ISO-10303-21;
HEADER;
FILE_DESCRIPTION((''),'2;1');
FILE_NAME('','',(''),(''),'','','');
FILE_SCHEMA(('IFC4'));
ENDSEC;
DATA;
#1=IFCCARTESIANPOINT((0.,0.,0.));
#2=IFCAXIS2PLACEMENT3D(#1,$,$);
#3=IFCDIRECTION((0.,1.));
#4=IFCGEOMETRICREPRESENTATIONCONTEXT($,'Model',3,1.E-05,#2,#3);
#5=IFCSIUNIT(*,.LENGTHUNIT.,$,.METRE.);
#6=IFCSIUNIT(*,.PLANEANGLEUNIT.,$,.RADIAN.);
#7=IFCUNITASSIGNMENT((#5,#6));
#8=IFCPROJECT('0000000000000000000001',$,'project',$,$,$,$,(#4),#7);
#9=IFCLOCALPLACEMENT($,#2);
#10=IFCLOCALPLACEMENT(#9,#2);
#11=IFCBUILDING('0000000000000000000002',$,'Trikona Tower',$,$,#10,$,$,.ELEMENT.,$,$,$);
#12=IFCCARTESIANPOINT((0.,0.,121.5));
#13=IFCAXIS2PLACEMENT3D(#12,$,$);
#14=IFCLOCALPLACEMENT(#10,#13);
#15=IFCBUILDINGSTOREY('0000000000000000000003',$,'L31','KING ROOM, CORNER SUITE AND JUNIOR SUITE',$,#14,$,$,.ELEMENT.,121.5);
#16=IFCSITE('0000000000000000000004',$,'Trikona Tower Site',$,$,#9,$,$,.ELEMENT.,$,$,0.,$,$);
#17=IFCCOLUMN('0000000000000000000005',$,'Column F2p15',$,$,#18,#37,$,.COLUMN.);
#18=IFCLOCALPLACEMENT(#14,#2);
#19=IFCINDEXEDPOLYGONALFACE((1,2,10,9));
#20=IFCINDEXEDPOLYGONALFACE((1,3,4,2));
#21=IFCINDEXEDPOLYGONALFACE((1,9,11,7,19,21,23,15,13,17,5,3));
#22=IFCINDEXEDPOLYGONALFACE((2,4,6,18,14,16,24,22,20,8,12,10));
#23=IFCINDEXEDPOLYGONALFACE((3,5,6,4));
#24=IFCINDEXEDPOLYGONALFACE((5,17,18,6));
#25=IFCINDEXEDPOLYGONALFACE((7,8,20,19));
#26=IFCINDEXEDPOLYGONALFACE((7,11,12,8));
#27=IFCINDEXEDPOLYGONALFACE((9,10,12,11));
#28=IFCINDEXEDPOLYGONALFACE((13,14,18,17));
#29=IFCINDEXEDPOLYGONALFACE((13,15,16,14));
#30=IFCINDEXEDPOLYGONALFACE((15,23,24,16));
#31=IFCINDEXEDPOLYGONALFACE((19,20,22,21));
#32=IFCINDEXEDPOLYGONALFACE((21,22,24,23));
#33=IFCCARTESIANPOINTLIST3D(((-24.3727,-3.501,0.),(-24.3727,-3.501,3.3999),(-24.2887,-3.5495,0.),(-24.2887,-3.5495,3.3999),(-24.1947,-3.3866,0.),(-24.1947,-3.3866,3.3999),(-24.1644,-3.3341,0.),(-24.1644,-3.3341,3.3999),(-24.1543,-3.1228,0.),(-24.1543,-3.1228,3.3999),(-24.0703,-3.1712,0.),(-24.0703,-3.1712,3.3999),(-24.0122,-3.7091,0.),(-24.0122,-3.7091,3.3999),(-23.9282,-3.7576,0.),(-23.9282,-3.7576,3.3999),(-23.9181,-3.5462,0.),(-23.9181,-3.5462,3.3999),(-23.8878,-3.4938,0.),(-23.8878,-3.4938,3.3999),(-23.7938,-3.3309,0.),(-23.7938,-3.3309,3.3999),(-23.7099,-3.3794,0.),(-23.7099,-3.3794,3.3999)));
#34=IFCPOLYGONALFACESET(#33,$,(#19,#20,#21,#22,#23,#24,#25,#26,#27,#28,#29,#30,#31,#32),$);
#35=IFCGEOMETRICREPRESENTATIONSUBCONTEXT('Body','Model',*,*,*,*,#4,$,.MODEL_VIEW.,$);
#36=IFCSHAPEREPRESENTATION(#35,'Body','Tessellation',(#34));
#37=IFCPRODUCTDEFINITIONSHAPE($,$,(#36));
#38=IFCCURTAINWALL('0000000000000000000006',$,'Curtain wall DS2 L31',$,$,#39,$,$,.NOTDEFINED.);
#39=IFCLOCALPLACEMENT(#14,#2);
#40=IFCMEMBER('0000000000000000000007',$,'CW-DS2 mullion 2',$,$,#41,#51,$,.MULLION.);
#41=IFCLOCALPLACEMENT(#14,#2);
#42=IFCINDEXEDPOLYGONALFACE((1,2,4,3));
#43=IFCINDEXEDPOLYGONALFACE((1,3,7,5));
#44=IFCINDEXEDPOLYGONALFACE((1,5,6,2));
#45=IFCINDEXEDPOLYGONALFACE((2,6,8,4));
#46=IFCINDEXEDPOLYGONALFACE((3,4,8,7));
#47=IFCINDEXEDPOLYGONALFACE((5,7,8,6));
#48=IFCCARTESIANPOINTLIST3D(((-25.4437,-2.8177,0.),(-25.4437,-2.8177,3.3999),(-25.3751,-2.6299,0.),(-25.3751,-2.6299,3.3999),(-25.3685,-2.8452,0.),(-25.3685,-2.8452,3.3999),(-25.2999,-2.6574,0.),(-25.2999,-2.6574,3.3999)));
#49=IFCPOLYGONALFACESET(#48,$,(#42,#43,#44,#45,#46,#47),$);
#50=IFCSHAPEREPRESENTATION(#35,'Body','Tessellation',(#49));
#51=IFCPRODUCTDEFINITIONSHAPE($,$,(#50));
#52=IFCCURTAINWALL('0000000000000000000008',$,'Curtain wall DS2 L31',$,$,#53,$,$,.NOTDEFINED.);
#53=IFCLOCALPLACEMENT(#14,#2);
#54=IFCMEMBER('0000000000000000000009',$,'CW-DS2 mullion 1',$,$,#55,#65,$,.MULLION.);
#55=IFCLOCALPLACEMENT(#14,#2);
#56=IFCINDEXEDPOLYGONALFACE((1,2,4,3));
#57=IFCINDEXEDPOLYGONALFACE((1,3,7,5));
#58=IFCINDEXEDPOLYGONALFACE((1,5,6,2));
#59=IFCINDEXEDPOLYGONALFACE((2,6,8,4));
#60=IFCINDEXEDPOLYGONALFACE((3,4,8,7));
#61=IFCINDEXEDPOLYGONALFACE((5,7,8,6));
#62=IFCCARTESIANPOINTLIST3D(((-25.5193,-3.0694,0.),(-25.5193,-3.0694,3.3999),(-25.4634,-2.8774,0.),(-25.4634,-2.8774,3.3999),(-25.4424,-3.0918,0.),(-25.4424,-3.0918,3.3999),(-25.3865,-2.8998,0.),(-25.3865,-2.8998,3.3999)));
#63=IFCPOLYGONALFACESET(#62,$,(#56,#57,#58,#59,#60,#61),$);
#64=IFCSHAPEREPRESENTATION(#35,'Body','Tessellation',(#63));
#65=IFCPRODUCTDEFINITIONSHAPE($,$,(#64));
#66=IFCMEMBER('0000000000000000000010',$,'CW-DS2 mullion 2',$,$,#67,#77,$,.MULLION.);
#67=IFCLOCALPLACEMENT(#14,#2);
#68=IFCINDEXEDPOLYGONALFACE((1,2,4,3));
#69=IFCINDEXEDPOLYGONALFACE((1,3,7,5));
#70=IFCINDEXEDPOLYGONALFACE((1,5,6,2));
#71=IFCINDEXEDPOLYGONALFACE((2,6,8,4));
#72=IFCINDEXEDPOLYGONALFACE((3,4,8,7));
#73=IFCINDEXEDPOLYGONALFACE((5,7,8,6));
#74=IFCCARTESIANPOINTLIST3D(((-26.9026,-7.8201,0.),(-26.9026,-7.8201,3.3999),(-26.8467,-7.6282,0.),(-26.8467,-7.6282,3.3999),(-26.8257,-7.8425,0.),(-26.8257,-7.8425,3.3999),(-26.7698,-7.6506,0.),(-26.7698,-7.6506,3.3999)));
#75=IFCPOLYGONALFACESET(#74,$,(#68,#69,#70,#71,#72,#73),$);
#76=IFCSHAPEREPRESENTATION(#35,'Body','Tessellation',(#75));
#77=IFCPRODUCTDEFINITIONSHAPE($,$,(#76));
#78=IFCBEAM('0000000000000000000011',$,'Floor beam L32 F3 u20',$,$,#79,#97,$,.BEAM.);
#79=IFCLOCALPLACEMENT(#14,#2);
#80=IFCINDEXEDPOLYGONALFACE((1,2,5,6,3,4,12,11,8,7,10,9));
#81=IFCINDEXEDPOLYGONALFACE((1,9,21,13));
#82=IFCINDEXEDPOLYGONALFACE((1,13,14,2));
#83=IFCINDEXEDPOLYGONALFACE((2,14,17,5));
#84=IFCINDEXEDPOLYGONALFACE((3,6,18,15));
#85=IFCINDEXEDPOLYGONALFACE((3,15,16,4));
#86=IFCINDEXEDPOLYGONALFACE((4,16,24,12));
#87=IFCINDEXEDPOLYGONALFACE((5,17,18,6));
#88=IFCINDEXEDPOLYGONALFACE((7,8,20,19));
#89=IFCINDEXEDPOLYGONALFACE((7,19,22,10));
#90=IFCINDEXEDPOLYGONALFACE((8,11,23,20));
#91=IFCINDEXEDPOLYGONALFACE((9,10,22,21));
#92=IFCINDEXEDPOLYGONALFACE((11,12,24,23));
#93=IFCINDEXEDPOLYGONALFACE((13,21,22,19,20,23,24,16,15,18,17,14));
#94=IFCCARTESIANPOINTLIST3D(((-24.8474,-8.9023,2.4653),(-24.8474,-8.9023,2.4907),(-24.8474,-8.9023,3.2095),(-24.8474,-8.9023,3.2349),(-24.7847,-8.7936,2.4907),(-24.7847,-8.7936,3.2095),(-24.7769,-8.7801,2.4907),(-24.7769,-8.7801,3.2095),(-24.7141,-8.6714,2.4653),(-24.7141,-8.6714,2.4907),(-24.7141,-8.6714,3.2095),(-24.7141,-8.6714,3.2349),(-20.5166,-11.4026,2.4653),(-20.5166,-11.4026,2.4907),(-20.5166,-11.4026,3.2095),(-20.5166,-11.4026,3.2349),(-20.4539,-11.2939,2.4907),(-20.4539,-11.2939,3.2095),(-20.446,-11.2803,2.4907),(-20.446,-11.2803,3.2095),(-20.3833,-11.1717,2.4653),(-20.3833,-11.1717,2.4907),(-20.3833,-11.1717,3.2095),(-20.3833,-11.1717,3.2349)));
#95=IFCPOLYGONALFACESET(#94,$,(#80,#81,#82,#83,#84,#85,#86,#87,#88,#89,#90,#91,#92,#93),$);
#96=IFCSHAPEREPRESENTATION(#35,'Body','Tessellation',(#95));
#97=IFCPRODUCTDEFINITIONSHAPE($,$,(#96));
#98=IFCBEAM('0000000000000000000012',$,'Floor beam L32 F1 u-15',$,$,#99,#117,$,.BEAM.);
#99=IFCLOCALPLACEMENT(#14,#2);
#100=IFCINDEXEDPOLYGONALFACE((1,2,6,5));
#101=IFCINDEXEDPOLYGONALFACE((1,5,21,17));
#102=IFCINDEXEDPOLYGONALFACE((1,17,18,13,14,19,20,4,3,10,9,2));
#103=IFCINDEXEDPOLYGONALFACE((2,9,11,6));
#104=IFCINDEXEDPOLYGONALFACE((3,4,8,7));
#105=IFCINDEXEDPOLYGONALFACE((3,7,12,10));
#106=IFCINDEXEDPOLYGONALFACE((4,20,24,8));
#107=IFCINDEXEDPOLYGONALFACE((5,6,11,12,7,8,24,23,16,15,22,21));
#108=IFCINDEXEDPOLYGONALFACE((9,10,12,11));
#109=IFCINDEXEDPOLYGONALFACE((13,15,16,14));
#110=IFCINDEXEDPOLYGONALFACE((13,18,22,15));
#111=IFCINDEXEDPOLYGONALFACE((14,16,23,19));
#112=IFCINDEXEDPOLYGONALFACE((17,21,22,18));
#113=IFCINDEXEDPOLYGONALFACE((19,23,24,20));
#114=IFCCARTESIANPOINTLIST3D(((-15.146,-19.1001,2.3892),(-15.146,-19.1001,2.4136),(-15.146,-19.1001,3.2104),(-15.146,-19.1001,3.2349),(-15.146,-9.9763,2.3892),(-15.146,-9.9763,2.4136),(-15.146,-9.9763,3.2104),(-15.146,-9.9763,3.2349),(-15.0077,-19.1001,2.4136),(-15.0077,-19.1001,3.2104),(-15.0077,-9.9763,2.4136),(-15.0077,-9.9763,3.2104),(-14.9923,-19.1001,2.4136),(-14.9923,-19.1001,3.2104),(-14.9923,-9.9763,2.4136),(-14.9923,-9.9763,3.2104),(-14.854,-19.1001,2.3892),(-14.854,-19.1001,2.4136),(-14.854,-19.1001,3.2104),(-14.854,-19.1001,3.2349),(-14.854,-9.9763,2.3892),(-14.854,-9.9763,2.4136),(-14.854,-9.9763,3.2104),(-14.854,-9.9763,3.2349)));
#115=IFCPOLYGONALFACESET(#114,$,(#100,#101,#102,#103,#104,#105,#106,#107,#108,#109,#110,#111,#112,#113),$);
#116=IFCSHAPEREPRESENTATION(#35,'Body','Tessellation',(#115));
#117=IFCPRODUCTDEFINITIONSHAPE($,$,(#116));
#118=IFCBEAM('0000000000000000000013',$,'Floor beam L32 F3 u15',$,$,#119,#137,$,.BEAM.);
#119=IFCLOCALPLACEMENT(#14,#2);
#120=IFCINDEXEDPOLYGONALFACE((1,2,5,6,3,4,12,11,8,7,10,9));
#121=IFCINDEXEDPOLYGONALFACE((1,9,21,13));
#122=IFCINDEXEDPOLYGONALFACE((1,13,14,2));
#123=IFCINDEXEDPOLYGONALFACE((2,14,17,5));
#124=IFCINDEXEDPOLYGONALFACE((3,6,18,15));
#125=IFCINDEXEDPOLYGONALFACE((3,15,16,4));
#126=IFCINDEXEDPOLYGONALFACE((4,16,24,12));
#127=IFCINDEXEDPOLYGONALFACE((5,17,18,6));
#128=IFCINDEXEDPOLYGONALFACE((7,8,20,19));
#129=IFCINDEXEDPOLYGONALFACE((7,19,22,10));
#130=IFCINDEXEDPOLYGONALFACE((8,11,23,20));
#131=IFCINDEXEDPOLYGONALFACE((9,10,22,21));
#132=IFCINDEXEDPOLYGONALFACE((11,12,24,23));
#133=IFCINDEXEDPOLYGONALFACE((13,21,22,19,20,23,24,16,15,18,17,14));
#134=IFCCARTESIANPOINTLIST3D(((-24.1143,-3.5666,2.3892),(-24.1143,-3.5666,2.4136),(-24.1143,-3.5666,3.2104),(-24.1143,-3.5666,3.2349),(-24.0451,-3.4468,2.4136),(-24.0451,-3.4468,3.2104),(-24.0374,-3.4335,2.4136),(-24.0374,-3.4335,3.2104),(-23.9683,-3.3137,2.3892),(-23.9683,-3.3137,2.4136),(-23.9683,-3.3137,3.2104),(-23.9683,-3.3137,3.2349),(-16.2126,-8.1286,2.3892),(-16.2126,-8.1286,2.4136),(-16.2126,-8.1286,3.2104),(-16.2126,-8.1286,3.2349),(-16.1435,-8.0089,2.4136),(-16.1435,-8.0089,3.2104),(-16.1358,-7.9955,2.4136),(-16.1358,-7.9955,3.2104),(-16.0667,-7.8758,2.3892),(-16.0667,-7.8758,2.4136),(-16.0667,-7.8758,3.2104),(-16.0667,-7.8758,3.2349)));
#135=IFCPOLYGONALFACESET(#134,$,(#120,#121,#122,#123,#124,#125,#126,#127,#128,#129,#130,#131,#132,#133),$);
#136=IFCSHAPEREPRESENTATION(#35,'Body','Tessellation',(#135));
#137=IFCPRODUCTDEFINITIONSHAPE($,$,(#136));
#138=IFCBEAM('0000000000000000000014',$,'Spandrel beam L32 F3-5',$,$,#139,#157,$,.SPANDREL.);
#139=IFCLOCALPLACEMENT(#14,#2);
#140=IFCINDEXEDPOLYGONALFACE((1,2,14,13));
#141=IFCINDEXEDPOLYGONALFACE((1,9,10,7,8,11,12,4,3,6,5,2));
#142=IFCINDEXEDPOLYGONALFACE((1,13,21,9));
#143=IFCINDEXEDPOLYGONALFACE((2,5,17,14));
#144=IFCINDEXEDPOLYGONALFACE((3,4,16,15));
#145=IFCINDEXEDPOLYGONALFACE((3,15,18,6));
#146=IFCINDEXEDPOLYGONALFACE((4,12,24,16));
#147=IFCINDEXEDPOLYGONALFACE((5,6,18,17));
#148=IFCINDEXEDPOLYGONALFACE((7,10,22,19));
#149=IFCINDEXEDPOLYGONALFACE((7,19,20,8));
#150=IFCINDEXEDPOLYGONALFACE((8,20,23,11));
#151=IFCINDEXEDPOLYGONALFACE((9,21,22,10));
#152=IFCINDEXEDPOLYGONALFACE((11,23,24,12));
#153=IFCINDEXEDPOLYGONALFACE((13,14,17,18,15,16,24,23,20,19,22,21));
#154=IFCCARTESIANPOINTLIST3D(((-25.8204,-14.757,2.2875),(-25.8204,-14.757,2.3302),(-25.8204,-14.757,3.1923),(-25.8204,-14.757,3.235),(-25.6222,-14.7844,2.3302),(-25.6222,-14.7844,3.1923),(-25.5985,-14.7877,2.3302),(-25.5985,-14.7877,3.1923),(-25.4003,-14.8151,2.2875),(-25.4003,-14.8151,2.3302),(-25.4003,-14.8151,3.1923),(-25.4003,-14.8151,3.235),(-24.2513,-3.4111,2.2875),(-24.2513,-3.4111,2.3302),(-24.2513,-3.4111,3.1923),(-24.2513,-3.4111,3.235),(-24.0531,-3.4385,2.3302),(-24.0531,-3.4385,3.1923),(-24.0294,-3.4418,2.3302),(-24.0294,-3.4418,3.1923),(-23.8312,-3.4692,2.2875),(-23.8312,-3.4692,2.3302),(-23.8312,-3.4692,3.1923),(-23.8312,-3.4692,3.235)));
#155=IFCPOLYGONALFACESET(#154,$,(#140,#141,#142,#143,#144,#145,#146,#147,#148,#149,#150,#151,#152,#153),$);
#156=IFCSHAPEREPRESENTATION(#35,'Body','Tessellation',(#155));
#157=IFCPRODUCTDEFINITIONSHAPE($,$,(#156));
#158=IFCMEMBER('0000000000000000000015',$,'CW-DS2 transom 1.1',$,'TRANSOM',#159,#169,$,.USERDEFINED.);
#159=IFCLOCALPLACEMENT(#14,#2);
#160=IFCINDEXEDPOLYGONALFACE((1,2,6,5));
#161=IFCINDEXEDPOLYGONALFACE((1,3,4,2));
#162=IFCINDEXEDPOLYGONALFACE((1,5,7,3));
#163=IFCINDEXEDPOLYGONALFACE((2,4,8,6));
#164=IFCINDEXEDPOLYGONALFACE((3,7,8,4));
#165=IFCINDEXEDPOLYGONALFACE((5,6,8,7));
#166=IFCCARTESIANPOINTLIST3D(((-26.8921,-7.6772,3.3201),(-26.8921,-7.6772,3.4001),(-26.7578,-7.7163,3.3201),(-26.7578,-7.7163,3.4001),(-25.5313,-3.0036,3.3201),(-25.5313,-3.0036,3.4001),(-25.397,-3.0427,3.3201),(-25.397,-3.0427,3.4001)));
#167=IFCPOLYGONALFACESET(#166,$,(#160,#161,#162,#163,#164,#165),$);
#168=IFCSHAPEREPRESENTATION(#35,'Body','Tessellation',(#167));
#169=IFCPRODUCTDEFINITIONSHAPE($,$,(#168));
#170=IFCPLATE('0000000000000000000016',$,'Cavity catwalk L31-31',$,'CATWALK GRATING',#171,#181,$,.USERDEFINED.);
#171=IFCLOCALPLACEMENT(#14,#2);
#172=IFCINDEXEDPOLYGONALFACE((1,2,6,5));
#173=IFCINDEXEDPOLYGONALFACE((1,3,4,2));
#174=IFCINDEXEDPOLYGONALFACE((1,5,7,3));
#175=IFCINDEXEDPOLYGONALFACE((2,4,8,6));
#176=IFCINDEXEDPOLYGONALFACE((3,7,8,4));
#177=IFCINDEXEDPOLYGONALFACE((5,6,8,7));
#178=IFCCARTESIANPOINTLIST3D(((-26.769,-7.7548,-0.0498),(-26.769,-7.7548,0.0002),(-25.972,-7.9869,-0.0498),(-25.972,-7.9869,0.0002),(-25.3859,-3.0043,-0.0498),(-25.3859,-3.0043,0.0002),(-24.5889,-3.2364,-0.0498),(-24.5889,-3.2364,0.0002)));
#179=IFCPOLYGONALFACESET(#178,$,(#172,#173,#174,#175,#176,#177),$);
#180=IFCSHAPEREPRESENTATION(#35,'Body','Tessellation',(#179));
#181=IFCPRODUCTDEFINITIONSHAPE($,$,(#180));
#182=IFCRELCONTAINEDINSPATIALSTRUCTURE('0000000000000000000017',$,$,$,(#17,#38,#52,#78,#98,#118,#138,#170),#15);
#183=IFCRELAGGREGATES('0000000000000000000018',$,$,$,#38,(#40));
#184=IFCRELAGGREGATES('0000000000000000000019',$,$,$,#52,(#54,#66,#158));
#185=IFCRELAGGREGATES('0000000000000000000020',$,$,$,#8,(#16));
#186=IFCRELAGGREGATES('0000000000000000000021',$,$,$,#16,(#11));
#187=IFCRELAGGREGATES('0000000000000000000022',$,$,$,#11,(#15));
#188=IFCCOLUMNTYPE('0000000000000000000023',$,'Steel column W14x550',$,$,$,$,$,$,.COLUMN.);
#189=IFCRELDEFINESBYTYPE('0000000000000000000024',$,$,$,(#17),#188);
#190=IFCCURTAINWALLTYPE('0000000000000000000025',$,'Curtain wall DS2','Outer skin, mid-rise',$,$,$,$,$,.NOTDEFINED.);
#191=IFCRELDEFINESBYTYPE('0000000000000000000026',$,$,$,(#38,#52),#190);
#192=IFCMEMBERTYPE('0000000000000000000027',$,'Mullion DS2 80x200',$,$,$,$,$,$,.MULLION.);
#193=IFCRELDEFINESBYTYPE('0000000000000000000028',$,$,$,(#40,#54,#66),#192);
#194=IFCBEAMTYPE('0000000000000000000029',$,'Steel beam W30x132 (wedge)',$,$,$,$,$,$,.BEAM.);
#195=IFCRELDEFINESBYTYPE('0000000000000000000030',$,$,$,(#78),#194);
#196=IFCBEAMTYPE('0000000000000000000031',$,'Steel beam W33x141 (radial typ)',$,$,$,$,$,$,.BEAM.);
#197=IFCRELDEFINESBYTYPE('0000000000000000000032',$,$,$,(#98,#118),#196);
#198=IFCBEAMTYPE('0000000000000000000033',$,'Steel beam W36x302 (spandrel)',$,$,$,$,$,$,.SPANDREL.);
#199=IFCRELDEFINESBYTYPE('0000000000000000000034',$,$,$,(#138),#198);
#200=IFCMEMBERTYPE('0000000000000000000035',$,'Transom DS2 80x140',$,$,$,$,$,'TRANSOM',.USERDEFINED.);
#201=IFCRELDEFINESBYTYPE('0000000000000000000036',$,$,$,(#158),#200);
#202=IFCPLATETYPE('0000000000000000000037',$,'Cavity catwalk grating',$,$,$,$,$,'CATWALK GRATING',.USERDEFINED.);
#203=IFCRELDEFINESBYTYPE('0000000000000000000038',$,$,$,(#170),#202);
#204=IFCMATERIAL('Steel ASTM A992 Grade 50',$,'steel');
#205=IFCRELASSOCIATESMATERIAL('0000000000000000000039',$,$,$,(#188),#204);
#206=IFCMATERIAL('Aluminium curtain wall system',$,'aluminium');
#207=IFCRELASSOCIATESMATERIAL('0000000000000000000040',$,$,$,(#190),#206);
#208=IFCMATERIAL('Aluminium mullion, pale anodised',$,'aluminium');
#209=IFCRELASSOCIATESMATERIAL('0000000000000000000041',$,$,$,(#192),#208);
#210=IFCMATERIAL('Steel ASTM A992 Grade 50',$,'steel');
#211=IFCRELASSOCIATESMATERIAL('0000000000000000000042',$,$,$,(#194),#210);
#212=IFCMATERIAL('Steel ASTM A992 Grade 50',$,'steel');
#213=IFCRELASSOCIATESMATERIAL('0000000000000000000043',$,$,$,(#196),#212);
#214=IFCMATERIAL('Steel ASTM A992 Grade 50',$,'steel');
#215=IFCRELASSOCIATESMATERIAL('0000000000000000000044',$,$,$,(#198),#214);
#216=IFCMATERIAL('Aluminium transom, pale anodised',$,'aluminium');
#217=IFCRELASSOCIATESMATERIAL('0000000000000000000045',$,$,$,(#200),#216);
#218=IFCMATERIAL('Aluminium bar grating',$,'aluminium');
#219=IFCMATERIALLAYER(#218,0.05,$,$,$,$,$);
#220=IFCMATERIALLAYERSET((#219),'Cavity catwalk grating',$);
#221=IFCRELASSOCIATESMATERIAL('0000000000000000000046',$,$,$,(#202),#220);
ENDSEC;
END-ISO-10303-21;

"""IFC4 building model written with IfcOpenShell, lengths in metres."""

from ifc_helpers import new_model, si_unit, direction, frame, origin, origin_2d, place, context, subcontext, project, spatial, rectangle, i_section, extrude, material, layer, layer_set, material_profile, profile_set, type_object, element, aggregate, save


model = new_model("IFC4")

# Units and contexts
model_context = context("Model", 3, precision=1e-05, world=origin(), true_north=direction((0.0, 1.0)))
body_context = subcontext(model_context, "Body", "Model", "MODEL_VIEW")
ifc_project = project(units=[si_unit("LENGTHUNIT", "METRE"), si_unit("PLANEANGLEUNIT", "RADIAN")], contexts=[model_context])

# Site, building, storey
site_placement = place(None, origin())
site = spatial("IfcSite", under=ifc_project, at=site_placement, Name="Trikona Tower Site", CompositionType="ELEMENT", RefElevation=0.0)
building_placement = place(site_placement, origin())
building = spatial("IfcBuilding", under=site, at=building_placement, Name="Trikona Tower", CompositionType="ELEMENT")
storey_placement = place(building_placement, frame((0.0, 0.0, 121.5)))
storey = spatial("IfcBuildingStorey", under=building, at=storey_placement, Name="L31", Description="KING ROOM, CORNER SUITE AND JUNIOR SUITE", CompositionType="ELEMENT", Elevation=121.5)

# Column
ifc_material_1 = material(Name="Steel ASTM A992 Grade 50", Category="steel")
ifc_material_profile_1 = material_profile(ifc_material_1, i_section(OverallWidth=0.4368, OverallDepth=0.5132, WebThickness=0.0605, FlangeThickness=0.0969, at=origin_2d()), Name="W14X550")
ifc_profile_set_1 = profile_set([ifc_material_profile_1], Name="Steel ASTM A992 Grade 50")
column_type = type_object("IfcColumnType", Name="Steel column W14x550", PredefinedType="COLUMN", material=ifc_profile_set_1)
column_placement = place(storey_placement, frame((-24.0413, -3.4402, 0.0), z_axis=(0.0, 0.0, 1.0), x_axis=(-0.5, -0.866025, 0.0)))
element("IfcColumn", 1, at=column_placement, inside=storey, type_object=column_type, Name="Column F2p15", PredefinedType="COLUMN", context=body_context, shape_type="SweptSolid", body=[
    extrude(i_section(OverallWidth=0.4368, OverallDepth=0.5132, WebThickness=0.0605, FlangeThickness=0.0969, at=origin_2d()), origin(), (0.0, 0.0, 1.0), 3.3999),
])

# Curtain wall, member
ifc_material_2 = material(Name="Aluminium curtain wall system", Category="aluminium")
curtain_wall_type = type_object("IfcCurtainWallType", Name="Curtain wall DS2", Description="Outer skin, mid-rise", PredefinedType="NOTDEFINED", material=ifc_material_2)
curtain_wall_1_placement = place(storey_placement, origin())
curtain_wall_1 = element("IfcCurtainWall", 2, at=curtain_wall_1_placement, inside=storey, type_object=curtain_wall_type, Name="Curtain wall DS2 L31", PredefinedType="NOTDEFINED")
ifc_material_3 = material(Name="Aluminium mullion, pale anodised", Category="aluminium")
ifc_material_profile_2 = material_profile(ifc_material_3, rectangle(XDim=0.0801, YDim=0.2, at=origin_2d()), Name="MUL-DS2")
ifc_profile_set_2 = profile_set([ifc_material_profile_2], Name="Aluminium mullion, pale anodised")
member_type_1 = type_object("IfcMemberType", Name="Mullion DS2 80x200", PredefinedType="MULLION", material=ifc_profile_set_2)
member_1_placement = place(storey_placement, frame((-25.3718, -2.7375, 0.0), z_axis=(0.0, 0.0, 1.0), x_axis=(0.939254, -0.343223, 0.0)))
member_1 = element("IfcMember", 3, at=member_1_placement, type_object=member_type_1, Name="CW-DS2 mullion 2", PredefinedType="MULLION", context=body_context, shape_type="SweptSolid", body=[
    extrude(rectangle(XDim=0.0801, YDim=0.2, at=origin_2d()), origin(), (0.0, 0.0, 1.0), 3.3999),
])
aggregate(curtain_wall_1, [member_1])

# Curtain wall, members
curtain_wall_2_placement = place(storey_placement, origin())
curtain_wall_2 = element("IfcCurtainWall", 4, at=curtain_wall_2_placement, inside=storey, type_object=curtain_wall_type, Name="Curtain wall DS2 L31", PredefinedType="NOTDEFINED")
member_2_placement = place(storey_placement, frame((-25.4529, -2.9846, 0.0), z_axis=(0.0, 0.0, 1.0), x_axis=(0.960133, -0.279543, 0.0)))
member_2 = element("IfcMember", 5, at=member_2_placement, type_object=member_type_1, Name="CW-DS2 mullion 1", PredefinedType="MULLION", context=body_context, shape_type="SweptSolid", body=[
    extrude(rectangle(XDim=0.0801, YDim=0.2, at=origin_2d()), origin(), (0.0, 0.0, 1.0), 3.3999),
])
member_3_placement = place(storey_placement, frame((-26.8362, -7.7354, 0.0), z_axis=(0.0, 0.0, 1.0), x_axis=(0.960133, -0.279543, 0.0)))
member_3 = element("IfcMember", 6, at=member_3_placement, type_object=member_type_1, Name="CW-DS2 mullion 2", PredefinedType="MULLION", context=body_context, shape_type="SweptSolid", body=[
    extrude(rectangle(XDim=0.0801, YDim=0.2, at=origin_2d()), origin(), (0.0, 0.0, 1.0), 3.3999),
])

# Beams
ifc_material_4 = material(Name="Steel ASTM A992 Grade 50", Category="steel")
ifc_material_profile_3 = material_profile(ifc_material_4, i_section(OverallWidth=0.2666, OverallDepth=0.7695, WebThickness=0.0156, FlangeThickness=0.0254, at=origin_2d()), Name="W30X132")
ifc_profile_set_3 = profile_set([ifc_material_profile_3], Name="Steel ASTM A992 Grade 50")
beam_type_1 = type_object("IfcBeamType", Name="Steel beam W30x132 (wedge)", PredefinedType="BEAM", material=ifc_profile_set_3)
beam_1_placement = place(storey_placement, frame((-20.45, -11.2871, 2.8501), z_axis=(-0.866038, 0.499977, 0.0), x_axis=(-0.499977, -0.866038, 0.0)))
element("IfcBeam", 7, at=beam_1_placement, inside=storey, type_object=beam_type_1, Name="Floor beam L32 F3 u20", PredefinedType="BEAM", context=body_context, shape_type="SweptSolid", body=[
    extrude(i_section(OverallWidth=0.2666, OverallDepth=0.7695, WebThickness=0.0156, FlangeThickness=0.0254, at=origin_2d()), origin(), (0.0, 0.0, 1.0), 5.0007),
])
ifc_material_5 = material(Name="Steel ASTM A992 Grade 50", Category="steel")
ifc_material_profile_4 = material_profile(ifc_material_5, i_section(OverallWidth=0.292, OverallDepth=0.8457, WebThickness=0.0154, FlangeThickness=0.0244, at=origin_2d()), Name="W33X141")
ifc_profile_set_4 = profile_set([ifc_material_profile_4], Name="Steel ASTM A992 Grade 50")
beam_type_2 = type_object("IfcBeamType", Name="Steel beam W33x141 (radial typ)", PredefinedType="BEAM", material=ifc_profile_set_4)
beam_2_placement = place(storey_placement, frame((-15.0, -9.9763, 2.812), z_axis=(0.0, -1.0, 0.0), x_axis=(1.0, 0.0, 0.0)))
element("IfcBeam", 8, at=beam_2_placement, inside=storey, type_object=beam_type_2, Name="Floor beam L32 F1 u-15", PredefinedType="BEAM", context=body_context, shape_type="SweptSolid", body=[
    extrude(i_section(OverallWidth=0.292, OverallDepth=0.8457, WebThickness=0.0154, FlangeThickness=0.0244, at=origin_2d()), origin(), (0.0, 0.0, 1.0), 9.1238),
])
beam_3_placement = place(storey_placement, frame((-16.1396, -8.0022, 2.812), z_axis=(-0.866025, 0.500001, 0.0), x_axis=(-0.500001, -0.866025, 0.0)))
element("IfcBeam", 9, at=beam_3_placement, inside=storey, type_object=beam_type_2, Name="Floor beam L32 F3 u15", PredefinedType="BEAM", context=body_context, shape_type="SweptSolid", body=[
    extrude(i_section(OverallWidth=0.292, OverallDepth=0.8457, WebThickness=0.0154, FlangeThickness=0.0244, at=origin_2d()), origin(), (0.0, 0.0, 1.0), 9.124),
])
ifc_material_6 = material(Name="Steel ASTM A992 Grade 50", Category="steel")
ifc_material_profile_5 = material_profile(ifc_material_6, i_section(OverallWidth=0.4241, OverallDepth=0.9475, WebThickness=0.0239, FlangeThickness=0.0427, at=origin_2d()), Name="W36X302")
ifc_profile_set_5 = profile_set([ifc_material_profile_5], Name="Steel ASTM A992 Grade 50")
beam_type_3 = type_object("IfcBeamType", Name="Steel beam W36x302 (spandrel)", PredefinedType="SPANDREL", material=ifc_profile_set_5)
beam_4_placement = place(storey_placement, frame((-24.0413, -3.4402, 2.7612), z_axis=(-0.136992, -0.990572, 0.0), x_axis=(0.990572, -0.136992, 0.0)))
element("IfcBeam", 10, at=beam_4_placement, inside=storey, type_object=beam_type_3, Name="Spandrel beam L32 F3-5", PredefinedType="SPANDREL", context=body_context, shape_type="SweptSolid", body=[
    extrude(i_section(OverallWidth=0.4241, OverallDepth=0.9475, WebThickness=0.0239, FlangeThickness=0.0427, at=origin_2d()), origin(), (0.0, 0.0, 1.0), 11.4539),
])

# Member
ifc_material_7 = material(Name="Aluminium transom, pale anodised", Category="aluminium")
ifc_material_profile_6 = material_profile(ifc_material_7, rectangle(XDim=0.1399, YDim=0.0801, at=origin_2d()), Name="TRN-DS2")
ifc_profile_set_6 = profile_set([ifc_material_profile_6], Name="Aluminium transom, pale anodised")
member_type_2 = type_object("IfcMemberType", Name="Transom DS2 80x140", ElementType="TRANSOM", PredefinedType="USERDEFINED", material=ifc_profile_set_6)
member_4_placement = place(storey_placement, frame((-25.4641, -3.0232, 3.3601), z_axis=(-0.279567, -0.960126, 0.0), x_axis=(0.960126, -0.279567, 0.0)))
member_4 = element("IfcMember", 11, at=member_4_placement, type_object=member_type_2, Name="CW-DS2 transom 1.1", ObjectType="TRANSOM", PredefinedType="USERDEFINED", context=body_context, shape_type="SweptSolid", body=[
    extrude(rectangle(XDim=0.1399, YDim=0.0801, at=origin_2d()), origin(), (0.0, 0.0, 1.0), 4.8677),
])

# Plate
ifc_material_8 = material(Name="Aluminium bar grating", Category="aluminium")
ifc_layer_1 = layer(ifc_material_8, 0.05)
ifc_layer_set_1 = layer_set([ifc_layer_1], Name="Cavity catwalk grating")
plate_type_1 = type_object("IfcPlateType", Name="Cavity catwalk grating", ElementType="CATWALK GRATING", PredefinedType="USERDEFINED", material=ifc_layer_set_1)
plate_1_placement = place(storey_placement, frame((-25.679, -5.4956, -0.0498), z_axis=(0.0, 0.0, 1.0), x_axis=(-0.279554, -0.96013, 0.0)))
element("IfcPlate", 12, at=plate_1_placement, inside=storey, type_object=plate_type_1, Name="Cavity catwalk L31-31", ObjectType="CATWALK GRATING", PredefinedType="USERDEFINED", context=body_context, shape_type="SweptSolid", body=[
    extrude(rectangle(XDim=4.9478, YDim=0.8301, at=origin_2d()), origin(), (0.0, 0.0, 1.0), 0.05),
])
aggregate(curtain_wall_2, [member_2, member_3, member_4])

save(model, "model.ifc")
